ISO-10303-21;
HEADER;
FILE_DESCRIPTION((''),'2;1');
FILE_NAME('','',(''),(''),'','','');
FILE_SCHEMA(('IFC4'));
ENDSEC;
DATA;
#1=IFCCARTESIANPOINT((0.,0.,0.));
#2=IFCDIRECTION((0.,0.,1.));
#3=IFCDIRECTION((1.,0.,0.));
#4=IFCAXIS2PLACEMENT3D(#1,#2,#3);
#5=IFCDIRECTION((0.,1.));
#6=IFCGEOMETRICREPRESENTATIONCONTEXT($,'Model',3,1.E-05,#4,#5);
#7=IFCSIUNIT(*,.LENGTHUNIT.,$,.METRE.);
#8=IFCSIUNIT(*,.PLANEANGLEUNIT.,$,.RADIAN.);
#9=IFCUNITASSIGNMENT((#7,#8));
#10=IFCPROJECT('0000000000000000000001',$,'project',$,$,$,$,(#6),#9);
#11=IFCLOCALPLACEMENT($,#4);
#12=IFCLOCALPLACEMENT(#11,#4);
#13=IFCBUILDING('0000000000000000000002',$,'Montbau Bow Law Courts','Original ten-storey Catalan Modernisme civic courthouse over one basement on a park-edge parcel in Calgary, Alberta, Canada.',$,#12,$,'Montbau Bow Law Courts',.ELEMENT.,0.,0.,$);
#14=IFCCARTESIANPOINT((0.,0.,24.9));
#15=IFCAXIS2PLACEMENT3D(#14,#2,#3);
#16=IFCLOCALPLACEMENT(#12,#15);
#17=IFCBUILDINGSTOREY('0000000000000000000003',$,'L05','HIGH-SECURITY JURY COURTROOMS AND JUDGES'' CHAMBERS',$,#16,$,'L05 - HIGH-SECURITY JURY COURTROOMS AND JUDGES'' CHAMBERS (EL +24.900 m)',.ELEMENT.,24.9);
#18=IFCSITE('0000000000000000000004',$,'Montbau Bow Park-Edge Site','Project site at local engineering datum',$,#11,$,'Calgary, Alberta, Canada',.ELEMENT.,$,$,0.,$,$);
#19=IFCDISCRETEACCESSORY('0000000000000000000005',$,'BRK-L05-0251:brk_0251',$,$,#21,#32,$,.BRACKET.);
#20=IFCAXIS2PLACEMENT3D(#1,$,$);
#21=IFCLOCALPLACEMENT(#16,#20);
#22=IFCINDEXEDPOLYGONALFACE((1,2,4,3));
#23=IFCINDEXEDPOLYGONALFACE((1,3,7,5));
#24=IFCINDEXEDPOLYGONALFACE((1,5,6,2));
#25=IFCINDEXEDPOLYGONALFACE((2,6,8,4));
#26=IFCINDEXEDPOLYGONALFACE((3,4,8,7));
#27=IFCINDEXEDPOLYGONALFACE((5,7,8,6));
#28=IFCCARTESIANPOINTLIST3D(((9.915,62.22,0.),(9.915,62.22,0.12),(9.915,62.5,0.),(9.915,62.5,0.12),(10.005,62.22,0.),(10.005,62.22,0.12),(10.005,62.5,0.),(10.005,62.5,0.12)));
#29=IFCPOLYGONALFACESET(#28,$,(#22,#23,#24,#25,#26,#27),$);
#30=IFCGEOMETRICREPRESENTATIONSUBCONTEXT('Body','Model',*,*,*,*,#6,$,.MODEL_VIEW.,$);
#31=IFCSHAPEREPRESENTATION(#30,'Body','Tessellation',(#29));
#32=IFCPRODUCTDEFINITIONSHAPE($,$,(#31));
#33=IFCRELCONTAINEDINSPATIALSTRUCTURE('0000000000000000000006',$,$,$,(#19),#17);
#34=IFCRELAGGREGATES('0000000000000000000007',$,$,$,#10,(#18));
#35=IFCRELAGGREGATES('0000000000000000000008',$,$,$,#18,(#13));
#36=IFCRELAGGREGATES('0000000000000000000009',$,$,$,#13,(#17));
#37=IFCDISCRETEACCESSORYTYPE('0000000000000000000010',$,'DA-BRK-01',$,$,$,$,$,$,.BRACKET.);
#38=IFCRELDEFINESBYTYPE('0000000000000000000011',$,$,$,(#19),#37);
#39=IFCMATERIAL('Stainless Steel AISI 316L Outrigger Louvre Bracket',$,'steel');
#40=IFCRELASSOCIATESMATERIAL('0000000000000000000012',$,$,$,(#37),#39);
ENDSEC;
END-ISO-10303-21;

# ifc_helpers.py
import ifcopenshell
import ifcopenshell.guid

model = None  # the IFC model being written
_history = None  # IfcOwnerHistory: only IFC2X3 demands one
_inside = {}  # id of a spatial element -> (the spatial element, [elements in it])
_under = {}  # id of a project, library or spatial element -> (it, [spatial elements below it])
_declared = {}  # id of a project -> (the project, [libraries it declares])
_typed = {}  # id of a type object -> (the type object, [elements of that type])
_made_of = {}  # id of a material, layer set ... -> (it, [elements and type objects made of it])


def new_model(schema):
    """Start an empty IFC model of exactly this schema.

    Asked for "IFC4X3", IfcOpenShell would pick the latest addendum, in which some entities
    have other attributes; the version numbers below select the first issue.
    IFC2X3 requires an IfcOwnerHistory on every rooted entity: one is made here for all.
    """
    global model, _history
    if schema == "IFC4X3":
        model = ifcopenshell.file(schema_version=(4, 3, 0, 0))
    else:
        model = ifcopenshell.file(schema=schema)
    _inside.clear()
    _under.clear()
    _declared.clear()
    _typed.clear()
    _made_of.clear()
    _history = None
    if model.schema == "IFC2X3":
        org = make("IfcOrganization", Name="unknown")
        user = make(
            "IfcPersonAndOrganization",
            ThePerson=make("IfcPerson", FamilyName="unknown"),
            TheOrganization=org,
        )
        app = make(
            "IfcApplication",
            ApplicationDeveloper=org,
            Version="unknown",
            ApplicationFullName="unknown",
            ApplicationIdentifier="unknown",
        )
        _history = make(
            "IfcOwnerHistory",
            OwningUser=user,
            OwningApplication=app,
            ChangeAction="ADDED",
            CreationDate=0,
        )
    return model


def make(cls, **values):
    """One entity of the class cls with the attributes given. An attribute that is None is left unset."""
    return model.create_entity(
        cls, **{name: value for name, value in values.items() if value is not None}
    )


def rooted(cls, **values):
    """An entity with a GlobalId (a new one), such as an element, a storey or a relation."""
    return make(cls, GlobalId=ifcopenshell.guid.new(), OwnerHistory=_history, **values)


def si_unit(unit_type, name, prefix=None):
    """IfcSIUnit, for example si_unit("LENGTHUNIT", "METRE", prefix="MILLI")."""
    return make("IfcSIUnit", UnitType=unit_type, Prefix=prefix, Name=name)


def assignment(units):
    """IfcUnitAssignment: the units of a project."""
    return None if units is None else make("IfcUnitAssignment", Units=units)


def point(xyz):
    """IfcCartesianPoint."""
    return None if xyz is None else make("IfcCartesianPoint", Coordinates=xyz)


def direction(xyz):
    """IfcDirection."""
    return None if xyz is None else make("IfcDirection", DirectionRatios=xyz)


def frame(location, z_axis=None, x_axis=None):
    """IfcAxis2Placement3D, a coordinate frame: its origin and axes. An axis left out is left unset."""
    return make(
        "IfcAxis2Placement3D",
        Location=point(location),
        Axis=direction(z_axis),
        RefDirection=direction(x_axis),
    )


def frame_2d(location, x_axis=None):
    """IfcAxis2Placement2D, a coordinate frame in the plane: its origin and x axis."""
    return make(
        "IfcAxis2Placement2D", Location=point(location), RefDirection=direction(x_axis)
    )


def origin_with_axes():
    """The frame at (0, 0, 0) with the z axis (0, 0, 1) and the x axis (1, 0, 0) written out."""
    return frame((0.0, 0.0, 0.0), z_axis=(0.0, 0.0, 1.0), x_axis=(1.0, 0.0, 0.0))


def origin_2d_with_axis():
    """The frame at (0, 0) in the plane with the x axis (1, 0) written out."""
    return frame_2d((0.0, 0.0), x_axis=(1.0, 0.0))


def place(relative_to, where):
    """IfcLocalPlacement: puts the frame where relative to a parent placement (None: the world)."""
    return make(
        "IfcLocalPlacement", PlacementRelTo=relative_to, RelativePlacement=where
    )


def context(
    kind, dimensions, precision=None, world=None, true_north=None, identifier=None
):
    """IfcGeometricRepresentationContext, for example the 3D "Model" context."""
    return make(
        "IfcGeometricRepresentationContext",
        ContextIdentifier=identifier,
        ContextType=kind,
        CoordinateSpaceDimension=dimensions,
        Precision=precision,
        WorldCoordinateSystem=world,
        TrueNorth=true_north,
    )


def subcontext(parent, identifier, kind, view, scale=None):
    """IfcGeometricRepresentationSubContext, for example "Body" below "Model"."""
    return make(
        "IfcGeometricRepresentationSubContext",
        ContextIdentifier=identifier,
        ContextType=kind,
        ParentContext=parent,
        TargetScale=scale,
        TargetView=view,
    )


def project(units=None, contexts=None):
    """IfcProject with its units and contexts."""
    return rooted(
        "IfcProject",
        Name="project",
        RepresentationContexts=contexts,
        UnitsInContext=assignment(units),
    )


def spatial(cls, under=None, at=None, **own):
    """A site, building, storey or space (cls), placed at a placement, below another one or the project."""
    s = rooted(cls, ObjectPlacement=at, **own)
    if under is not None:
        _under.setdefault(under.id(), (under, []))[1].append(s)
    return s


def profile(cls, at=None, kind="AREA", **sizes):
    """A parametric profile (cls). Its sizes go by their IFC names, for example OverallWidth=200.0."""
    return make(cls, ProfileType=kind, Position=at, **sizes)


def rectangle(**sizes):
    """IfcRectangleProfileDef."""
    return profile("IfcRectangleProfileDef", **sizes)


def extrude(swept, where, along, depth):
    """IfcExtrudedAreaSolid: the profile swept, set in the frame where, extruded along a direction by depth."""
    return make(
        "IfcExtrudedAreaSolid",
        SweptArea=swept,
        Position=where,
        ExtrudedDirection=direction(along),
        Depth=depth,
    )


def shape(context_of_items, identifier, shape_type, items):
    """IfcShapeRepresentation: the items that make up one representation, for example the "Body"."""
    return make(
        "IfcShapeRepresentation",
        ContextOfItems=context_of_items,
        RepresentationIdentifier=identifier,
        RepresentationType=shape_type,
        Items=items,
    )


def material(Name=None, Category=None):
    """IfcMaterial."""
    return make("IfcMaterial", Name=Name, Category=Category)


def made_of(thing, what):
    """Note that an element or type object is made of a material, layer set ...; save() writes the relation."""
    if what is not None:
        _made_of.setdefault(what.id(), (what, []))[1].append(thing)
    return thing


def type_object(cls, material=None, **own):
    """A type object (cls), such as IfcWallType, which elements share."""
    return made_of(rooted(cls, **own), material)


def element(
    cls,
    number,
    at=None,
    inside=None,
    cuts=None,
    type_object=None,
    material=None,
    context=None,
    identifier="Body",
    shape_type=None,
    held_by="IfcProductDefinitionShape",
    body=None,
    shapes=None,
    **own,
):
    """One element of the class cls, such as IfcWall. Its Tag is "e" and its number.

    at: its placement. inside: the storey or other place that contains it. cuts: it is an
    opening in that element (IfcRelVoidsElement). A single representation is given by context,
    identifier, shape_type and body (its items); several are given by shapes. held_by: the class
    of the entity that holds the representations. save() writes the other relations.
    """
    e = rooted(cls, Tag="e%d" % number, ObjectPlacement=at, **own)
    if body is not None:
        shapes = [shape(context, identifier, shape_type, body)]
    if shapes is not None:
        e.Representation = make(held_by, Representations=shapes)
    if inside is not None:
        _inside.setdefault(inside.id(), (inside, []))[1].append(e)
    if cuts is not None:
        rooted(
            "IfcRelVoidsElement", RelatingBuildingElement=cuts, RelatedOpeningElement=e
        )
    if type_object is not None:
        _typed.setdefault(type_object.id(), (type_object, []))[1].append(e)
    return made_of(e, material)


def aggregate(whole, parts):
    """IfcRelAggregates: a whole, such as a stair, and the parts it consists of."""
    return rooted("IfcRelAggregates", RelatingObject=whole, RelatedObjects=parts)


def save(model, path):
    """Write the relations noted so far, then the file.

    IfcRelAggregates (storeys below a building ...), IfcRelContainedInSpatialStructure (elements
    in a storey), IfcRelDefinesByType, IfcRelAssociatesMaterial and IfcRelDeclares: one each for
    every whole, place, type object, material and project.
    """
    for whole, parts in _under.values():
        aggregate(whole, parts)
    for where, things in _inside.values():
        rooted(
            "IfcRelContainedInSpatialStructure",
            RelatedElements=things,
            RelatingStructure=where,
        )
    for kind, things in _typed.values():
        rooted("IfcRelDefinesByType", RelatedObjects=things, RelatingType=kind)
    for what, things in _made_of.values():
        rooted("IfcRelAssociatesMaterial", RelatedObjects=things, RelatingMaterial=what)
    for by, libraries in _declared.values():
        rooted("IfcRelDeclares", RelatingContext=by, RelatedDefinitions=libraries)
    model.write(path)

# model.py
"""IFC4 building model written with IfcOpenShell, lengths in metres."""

from ifc_helpers import new_model, si_unit, direction, frame, origin_with_axes, origin_2d_with_axis, place, context, subcontext, project, spatial, rectangle, extrude, material, type_object, element, save


model = new_model("IFC4")

# Units and contexts
model_context = context("Model", 3, precision=1e-05, world=origin_with_axes(), true_north=direction((0.0, 1.0)))
body_context = subcontext(model_context, "Body", "Model", "MODEL_VIEW")
ifc_project = project(units=[si_unit("LENGTHUNIT", "METRE"), si_unit("PLANEANGLEUNIT", "RADIAN")], contexts=[model_context])

# Site, building, storey
site_placement = place(None, origin_with_axes())
site = spatial("IfcSite", under=ifc_project, at=site_placement, Name="Montbau Bow Park-Edge Site", Description="Project site at local engineering datum", LongName="Calgary, Alberta, Canada", CompositionType="ELEMENT", RefElevation=0.0)
building_placement = place(site_placement, origin_with_axes())
building = spatial("IfcBuilding", under=site, at=building_placement, Name="Montbau Bow Law Courts", Description="Original ten-storey Catalan Modernisme civic courthouse over one basement on a park-edge parcel in Calgary, Alberta, Canada.", LongName="Montbau Bow Law Courts", CompositionType="ELEMENT", ElevationOfRefHeight=0.0, ElevationOfTerrain=0.0)
storey_placement = place(building_placement, frame((0.0, 0.0, 24.9), z_axis=(0.0, 0.0, 1.0), x_axis=(1.0, 0.0, 0.0)))
storey = spatial("IfcBuildingStorey", under=building, at=storey_placement, Name="L05", Description="HIGH-SECURITY JURY COURTROOMS AND JUDGES' CHAMBERS", LongName="L05 - HIGH-SECURITY JURY COURTROOMS AND JUDGES' CHAMBERS (EL +24.900 m)", CompositionType="ELEMENT", Elevation=24.9)

# Discrete accessory
ifc_material_1 = material(Name="Stainless Steel AISI 316L Outrigger Louvre Bracket", Category="steel")
discrete_accessory_type = type_object("IfcDiscreteAccessoryType", Name="DA-BRK-01", PredefinedType="BRACKET", material=ifc_material_1)
for number, where, z_axis, x_axis, name in (
    (1, (9.96, 62.36, 24.9), (0.0, 0.0, 1.0), (0.0, 1.0, 0.0), "BRK-L05-0251:brk_0251"),
):
    element("IfcDiscreteAccessory", number, at=place(None, frame(where, z_axis=z_axis, x_axis=x_axis)), inside=storey, type_object=discrete_accessory_type, Name=name, PredefinedType="BRACKET", context=body_context, shape_type="SweptSolid", body=[
        extrude(rectangle(XDim=0.28, YDim=0.09, at=origin_2d_with_axis()), origin_with_axes(), (0.0, 0.0, 1.0), 0.12),
    ])

save(model, "model.ifc")
